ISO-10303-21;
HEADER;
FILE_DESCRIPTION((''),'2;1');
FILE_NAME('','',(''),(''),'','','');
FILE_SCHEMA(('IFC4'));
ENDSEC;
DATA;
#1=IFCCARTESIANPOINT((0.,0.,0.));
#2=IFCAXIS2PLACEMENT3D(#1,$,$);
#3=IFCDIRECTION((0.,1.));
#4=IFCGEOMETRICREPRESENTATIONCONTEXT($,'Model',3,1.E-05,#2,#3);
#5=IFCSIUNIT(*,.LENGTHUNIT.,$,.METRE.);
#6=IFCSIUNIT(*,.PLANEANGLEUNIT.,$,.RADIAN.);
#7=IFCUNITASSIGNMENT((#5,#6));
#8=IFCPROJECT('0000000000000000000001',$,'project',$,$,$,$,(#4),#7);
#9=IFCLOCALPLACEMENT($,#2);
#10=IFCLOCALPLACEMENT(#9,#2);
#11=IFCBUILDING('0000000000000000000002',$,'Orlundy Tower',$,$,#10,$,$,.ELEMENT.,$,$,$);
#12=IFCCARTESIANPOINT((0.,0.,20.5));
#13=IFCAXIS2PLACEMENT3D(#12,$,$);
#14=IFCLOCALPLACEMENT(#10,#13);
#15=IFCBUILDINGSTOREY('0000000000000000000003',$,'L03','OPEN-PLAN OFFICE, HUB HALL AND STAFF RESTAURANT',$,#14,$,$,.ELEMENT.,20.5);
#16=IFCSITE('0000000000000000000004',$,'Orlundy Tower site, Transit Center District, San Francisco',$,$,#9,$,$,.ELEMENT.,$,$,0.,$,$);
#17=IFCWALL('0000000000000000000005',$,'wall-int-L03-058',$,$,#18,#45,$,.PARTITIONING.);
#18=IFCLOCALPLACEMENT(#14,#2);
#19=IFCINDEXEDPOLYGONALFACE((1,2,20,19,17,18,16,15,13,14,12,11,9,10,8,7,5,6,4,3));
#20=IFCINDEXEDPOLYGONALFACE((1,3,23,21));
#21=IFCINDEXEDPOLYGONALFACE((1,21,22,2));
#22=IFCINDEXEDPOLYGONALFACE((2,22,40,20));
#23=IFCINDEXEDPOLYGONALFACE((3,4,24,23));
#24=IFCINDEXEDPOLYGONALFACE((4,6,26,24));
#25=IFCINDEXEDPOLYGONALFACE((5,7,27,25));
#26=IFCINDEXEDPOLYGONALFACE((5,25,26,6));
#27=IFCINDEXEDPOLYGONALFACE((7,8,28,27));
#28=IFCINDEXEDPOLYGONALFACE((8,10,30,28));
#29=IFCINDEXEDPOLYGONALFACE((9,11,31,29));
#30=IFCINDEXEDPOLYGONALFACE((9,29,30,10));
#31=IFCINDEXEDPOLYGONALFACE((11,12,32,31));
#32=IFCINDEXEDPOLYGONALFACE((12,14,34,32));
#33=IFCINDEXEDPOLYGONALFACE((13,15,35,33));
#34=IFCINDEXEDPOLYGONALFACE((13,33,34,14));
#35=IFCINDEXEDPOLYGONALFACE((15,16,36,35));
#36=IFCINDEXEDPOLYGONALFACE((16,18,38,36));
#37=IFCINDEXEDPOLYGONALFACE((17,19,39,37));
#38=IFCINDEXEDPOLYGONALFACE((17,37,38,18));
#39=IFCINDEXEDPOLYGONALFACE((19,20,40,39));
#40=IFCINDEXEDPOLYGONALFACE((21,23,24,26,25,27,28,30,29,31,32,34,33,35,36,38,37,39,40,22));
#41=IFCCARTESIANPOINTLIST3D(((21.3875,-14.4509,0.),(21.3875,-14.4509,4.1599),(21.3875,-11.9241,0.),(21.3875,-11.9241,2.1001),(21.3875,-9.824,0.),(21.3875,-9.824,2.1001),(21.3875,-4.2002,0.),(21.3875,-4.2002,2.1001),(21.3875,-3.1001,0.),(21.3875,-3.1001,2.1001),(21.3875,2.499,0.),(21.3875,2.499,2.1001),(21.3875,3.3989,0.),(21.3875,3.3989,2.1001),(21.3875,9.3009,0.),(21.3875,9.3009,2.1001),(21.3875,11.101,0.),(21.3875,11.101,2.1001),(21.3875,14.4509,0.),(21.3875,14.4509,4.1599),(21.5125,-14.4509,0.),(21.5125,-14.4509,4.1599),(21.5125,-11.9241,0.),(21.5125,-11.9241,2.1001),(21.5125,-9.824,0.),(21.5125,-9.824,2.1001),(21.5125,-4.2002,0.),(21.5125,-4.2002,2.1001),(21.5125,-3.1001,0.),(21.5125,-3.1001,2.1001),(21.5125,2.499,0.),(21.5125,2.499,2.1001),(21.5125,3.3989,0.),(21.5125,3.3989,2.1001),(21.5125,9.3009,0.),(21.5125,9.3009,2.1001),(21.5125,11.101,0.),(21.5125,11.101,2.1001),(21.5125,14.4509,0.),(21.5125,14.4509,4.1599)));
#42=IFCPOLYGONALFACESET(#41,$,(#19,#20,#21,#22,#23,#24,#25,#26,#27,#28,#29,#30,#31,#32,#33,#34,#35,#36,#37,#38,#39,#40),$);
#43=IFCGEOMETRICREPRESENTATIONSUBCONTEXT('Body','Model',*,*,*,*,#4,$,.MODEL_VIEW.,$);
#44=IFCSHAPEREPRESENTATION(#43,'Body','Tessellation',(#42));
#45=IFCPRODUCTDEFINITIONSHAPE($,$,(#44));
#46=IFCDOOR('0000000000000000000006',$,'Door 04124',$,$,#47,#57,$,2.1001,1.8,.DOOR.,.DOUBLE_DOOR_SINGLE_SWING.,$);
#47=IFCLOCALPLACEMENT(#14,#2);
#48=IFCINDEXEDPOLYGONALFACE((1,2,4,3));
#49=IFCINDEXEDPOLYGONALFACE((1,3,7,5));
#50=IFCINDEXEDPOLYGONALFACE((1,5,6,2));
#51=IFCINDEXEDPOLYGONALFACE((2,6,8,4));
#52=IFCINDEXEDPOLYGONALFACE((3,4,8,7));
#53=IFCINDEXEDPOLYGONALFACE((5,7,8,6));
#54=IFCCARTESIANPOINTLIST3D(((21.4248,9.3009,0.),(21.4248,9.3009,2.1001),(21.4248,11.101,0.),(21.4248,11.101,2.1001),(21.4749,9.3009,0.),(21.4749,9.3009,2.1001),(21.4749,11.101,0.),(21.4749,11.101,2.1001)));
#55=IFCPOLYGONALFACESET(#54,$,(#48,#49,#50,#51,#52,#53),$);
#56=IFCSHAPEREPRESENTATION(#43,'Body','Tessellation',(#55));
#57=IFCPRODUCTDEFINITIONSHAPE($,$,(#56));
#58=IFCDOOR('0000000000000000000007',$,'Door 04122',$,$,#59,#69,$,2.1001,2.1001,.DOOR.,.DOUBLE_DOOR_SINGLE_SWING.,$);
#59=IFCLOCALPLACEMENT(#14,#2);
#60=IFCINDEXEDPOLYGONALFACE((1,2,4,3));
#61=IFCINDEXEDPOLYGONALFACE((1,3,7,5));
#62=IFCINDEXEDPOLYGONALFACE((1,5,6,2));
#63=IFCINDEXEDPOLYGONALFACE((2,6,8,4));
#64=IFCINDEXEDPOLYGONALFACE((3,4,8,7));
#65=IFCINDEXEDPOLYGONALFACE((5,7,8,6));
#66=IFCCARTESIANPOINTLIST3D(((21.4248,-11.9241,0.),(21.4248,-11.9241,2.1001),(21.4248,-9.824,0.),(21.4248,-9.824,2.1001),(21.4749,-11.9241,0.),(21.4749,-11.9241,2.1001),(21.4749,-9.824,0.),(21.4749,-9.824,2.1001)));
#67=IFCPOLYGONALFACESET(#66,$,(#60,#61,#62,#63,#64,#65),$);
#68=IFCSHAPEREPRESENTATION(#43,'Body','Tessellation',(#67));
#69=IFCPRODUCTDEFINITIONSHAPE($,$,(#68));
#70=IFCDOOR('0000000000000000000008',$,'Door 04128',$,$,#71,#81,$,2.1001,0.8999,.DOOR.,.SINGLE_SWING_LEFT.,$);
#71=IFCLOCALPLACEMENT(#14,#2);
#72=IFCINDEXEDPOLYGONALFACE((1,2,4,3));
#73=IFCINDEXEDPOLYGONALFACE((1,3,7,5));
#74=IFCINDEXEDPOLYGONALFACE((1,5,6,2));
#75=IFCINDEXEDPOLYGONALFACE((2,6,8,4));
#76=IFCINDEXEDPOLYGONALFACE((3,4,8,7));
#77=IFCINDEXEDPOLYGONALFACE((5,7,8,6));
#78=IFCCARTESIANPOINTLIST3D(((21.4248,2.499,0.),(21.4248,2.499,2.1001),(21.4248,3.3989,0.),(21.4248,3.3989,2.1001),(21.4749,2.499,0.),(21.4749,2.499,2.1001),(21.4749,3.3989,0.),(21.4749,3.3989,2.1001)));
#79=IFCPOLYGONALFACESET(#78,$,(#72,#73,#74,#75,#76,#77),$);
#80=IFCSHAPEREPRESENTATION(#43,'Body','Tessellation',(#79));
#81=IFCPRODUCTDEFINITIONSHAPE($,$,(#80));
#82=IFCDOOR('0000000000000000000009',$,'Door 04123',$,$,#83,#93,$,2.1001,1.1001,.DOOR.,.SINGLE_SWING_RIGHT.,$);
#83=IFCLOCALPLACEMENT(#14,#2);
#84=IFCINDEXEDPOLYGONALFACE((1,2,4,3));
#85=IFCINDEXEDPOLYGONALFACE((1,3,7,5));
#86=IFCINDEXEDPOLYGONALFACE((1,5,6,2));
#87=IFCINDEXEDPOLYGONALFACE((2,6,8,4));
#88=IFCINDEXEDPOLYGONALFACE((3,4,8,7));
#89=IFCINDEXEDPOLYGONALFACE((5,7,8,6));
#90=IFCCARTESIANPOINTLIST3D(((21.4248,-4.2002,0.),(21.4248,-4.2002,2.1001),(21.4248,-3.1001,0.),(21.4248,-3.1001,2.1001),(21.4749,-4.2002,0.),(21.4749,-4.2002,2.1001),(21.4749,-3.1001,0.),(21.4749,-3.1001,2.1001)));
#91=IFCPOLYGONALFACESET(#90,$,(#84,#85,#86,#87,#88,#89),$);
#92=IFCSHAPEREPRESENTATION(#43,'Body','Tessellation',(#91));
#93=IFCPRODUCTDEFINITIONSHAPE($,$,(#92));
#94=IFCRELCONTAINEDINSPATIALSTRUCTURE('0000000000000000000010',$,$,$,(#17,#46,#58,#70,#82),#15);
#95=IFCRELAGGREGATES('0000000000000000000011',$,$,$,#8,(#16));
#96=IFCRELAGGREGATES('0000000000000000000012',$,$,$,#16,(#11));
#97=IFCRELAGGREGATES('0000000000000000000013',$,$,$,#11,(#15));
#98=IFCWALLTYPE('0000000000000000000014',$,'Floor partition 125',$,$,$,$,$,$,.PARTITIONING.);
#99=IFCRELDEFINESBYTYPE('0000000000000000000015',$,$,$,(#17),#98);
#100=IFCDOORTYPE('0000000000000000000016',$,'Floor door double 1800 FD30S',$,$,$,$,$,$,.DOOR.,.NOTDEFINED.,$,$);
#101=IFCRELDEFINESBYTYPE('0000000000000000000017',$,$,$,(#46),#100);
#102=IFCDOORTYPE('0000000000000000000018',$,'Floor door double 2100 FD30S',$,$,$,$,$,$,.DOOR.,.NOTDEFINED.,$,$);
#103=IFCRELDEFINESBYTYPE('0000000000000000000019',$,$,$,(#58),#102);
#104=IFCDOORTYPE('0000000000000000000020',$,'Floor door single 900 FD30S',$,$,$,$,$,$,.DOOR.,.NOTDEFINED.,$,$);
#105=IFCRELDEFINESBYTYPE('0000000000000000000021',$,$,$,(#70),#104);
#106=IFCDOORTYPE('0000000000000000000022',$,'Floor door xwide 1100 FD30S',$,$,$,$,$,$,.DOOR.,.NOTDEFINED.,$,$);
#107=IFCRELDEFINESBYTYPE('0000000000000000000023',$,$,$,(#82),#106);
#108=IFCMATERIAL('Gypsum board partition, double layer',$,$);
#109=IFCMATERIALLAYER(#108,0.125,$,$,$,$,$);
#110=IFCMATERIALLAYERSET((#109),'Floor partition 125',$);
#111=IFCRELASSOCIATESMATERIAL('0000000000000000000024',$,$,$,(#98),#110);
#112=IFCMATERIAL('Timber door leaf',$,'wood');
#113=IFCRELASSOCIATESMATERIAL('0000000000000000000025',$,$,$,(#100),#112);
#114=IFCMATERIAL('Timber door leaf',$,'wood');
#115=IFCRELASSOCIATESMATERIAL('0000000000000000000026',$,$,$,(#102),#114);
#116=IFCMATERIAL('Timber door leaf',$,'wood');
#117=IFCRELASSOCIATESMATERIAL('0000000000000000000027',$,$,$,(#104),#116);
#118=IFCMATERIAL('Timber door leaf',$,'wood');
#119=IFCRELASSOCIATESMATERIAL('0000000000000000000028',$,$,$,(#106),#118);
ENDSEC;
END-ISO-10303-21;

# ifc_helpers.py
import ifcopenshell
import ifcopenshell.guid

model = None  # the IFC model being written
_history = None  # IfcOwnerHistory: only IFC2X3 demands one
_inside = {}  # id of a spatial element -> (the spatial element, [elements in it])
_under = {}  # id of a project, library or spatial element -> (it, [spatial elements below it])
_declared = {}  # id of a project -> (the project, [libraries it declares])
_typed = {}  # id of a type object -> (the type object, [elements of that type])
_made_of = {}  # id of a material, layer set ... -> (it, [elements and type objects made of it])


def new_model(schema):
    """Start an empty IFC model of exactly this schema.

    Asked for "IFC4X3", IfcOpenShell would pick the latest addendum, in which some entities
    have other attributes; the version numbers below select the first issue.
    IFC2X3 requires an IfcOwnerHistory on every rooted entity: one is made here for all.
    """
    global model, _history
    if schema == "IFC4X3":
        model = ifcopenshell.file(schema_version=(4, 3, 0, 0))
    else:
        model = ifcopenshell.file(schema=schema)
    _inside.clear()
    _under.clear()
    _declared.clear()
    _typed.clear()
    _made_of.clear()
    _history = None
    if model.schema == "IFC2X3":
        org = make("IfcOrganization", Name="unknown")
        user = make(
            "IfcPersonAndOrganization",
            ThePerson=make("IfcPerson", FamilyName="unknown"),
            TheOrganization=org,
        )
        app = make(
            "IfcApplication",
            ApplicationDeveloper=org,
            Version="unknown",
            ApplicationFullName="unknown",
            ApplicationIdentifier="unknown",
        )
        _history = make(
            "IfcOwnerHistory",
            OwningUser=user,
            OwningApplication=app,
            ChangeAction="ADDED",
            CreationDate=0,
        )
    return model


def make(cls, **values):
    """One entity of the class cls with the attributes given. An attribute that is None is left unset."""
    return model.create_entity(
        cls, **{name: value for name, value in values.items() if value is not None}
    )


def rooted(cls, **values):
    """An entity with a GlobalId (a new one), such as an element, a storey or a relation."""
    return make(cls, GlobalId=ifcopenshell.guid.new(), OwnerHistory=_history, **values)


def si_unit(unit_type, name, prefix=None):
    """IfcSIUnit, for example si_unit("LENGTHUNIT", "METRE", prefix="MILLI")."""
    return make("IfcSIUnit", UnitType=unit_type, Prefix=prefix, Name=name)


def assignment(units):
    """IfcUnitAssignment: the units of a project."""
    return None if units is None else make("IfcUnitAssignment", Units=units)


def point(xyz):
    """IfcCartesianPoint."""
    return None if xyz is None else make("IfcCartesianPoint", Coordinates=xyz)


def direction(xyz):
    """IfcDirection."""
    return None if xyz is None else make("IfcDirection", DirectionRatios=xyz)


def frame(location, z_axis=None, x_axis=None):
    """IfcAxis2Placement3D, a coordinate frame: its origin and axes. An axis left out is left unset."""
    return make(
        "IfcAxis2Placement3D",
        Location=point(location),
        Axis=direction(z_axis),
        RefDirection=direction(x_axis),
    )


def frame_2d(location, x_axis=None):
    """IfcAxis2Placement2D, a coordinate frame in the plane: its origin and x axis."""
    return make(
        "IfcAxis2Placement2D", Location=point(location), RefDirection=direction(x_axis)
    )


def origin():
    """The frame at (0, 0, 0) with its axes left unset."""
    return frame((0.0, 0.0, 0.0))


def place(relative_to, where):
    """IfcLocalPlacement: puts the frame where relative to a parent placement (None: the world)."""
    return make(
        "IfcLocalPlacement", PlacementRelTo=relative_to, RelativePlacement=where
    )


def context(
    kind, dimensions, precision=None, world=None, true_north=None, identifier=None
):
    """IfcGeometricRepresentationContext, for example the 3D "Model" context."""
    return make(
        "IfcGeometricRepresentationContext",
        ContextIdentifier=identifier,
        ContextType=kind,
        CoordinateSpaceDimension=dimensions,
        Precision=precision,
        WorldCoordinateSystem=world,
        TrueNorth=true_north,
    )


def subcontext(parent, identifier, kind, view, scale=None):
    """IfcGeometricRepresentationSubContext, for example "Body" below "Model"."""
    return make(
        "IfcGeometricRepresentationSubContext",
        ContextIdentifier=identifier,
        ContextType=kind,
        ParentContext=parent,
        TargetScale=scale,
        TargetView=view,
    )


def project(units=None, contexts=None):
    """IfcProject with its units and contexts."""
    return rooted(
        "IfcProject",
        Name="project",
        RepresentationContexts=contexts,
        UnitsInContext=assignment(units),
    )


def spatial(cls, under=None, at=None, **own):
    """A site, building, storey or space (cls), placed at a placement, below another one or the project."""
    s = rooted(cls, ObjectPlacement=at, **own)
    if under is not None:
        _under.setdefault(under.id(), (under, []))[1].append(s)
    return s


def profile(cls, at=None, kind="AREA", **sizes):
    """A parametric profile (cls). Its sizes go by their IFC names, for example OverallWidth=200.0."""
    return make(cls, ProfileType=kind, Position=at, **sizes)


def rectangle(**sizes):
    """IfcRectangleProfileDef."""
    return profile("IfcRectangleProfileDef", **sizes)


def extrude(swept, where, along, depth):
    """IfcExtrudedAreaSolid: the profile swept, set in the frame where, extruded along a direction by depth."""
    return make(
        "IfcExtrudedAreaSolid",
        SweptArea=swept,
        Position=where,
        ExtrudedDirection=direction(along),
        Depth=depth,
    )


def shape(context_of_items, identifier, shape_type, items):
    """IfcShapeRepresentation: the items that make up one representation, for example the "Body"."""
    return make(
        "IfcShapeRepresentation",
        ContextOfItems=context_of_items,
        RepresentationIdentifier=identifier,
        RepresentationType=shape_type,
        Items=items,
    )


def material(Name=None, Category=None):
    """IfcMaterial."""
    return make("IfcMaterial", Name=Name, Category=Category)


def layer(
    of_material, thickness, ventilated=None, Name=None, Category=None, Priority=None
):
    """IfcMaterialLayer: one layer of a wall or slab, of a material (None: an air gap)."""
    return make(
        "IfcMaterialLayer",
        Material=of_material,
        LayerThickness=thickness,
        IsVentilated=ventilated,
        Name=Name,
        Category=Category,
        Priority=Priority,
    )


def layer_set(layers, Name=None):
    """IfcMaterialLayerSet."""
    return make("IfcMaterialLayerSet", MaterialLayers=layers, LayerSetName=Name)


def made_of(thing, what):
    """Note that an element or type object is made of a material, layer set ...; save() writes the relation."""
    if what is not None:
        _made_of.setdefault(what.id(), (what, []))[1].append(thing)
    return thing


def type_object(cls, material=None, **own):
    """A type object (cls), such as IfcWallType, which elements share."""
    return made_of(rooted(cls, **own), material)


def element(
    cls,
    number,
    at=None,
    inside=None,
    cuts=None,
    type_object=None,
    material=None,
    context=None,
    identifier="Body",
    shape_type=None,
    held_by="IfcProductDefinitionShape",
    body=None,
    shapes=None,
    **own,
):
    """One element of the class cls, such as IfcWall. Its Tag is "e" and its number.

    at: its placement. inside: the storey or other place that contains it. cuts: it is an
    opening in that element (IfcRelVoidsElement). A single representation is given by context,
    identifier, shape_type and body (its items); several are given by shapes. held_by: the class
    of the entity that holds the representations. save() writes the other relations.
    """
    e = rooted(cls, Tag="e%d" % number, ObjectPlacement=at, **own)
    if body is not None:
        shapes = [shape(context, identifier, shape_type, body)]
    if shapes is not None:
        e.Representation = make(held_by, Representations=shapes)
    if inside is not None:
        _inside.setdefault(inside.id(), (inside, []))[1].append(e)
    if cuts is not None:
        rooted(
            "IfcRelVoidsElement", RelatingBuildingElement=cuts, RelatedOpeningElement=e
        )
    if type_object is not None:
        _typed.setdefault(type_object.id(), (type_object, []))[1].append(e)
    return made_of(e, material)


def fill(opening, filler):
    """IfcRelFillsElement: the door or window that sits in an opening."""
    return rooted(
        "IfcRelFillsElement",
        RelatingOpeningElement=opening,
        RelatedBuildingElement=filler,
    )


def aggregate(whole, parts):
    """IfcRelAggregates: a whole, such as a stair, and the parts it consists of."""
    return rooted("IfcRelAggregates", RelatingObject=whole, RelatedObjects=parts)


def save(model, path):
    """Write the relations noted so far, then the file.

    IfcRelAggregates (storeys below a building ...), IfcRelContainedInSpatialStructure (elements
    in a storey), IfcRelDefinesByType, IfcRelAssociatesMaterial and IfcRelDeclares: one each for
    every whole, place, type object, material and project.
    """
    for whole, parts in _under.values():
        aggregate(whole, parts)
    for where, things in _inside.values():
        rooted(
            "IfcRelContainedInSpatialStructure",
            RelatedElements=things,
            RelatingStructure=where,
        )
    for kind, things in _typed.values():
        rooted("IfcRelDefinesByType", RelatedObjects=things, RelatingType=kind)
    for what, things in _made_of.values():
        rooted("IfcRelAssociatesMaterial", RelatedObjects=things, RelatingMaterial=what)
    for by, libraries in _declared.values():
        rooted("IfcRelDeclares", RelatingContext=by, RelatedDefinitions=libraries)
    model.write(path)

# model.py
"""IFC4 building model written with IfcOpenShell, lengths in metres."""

from ifc_helpers import new_model, si_unit, direction, frame, frame_2d, origin, place, context, subcontext, project, spatial, rectangle, extrude, material, layer, layer_set, type_object, element, fill, save


model = new_model("IFC4")

# Units and contexts
model_context = context("Model", 3, precision=1e-05, world=origin(), true_north=direction((0.0, 1.0)))
body_context = subcontext(model_context, "Body", "Model", "MODEL_VIEW")
ifc_project = project(units=[si_unit("LENGTHUNIT", "METRE"), si_unit("PLANEANGLEUNIT", "RADIAN")], contexts=[model_context])

# Site, building, storey
site_placement = place(None, origin())
site = spatial("IfcSite", under=ifc_project, at=site_placement, Name="Orlundy Tower site, Transit Center District, San Francisco", CompositionType="ELEMENT", RefElevation=0.0)
building_placement = place(site_placement, origin())
building = spatial("IfcBuilding", under=site, at=building_placement, Name="Orlundy Tower", CompositionType="ELEMENT")
storey_placement = place(building_placement, frame((0.0, 0.0, 20.5)))
storey = spatial("IfcBuildingStorey", under=building, at=storey_placement, Name="L03", Description="OPEN-PLAN OFFICE, HUB HALL AND STAFF RESTAURANT", CompositionType="ELEMENT", Elevation=20.5)

# Wall, openings, doors
ifc_material_1 = material(Name="Gypsum board partition, double layer")
ifc_layer_1 = layer(ifc_material_1, 0.125)
ifc_layer_set_1 = layer_set([ifc_layer_1], Name="Floor partition 125")
wall_type_1 = type_object("IfcWallType", Name="Floor partition 125", PredefinedType="PARTITIONING", material=ifc_layer_set_1)
wall_1_placement = place(storey_placement, frame((21.45, 14.4509, 0.0), z_axis=(0.0, 0.0, 1.0), x_axis=(0.0, -1.0, 0.0)))
wall_1 = element("IfcWall", 1, at=wall_1_placement, inside=storey, type_object=wall_type_1, Name="wall-int-L03-058", PredefinedType="PARTITIONING", context=body_context, shape_type="SweptSolid", body=[
    extrude(rectangle(XDim=28.9019, YDim=0.125, at=frame_2d((14.4509, 0.0))), origin(), (0.0, 0.0, 1.0), 4.1599),
])
opening_1_placement = place(wall_1_placement, frame((24.2749, 0.0, 0.0)))
opening_1 = element("IfcOpeningElement", 2, at=opening_1_placement, cuts=wall_1, PredefinedType="OPENING", context=body_context, shape_type="SweptSolid", body=[
    extrude(rectangle(XDim=2.1001, YDim=2.1001, at=frame_2d((1.05, 1.05))), frame((0.0, 0.0725, 0.0), z_axis=(0.0, -1.0, 0.0), x_axis=(1.0, 0.0, 0.0)), (0.0, 0.0, 1.0), 0.145),
])
opening_2_placement = place(wall_1_placement, frame((17.551, 0.0, 0.0)))
opening_2 = element("IfcOpeningElement", 3, at=opening_2_placement, cuts=wall_1, PredefinedType="OPENING", context=body_context, shape_type="SweptSolid", body=[
    extrude(rectangle(XDim=1.1001, YDim=2.1001, at=frame_2d((0.55, 1.05))), frame((0.0, 0.0725, 0.0), z_axis=(0.0, -1.0, 0.0), x_axis=(1.0, 0.0, 0.0)), (0.0, 0.0, 1.0), 0.145),
])
opening_3_placement = place(wall_1_placement, frame((3.3501, 0.0, 0.0)))
opening_3 = element("IfcOpeningElement", 4, at=opening_3_placement, cuts=wall_1, PredefinedType="OPENING", context=body_context, shape_type="SweptSolid", body=[
    extrude(rectangle(XDim=1.8, YDim=2.1001, at=frame_2d((0.8999, 1.05))), frame((0.0, 0.0725, 0.0), z_axis=(0.0, -1.0, 0.0), x_axis=(1.0, 0.0, 0.0)), (0.0, 0.0, 1.0), 0.145),
])
opening_4_placement = place(wall_1_placement, frame((11.052, 0.0, 0.0)))
opening_4 = element("IfcOpeningElement", 5, at=opening_4_placement, cuts=wall_1, PredefinedType="OPENING", context=body_context, shape_type="SweptSolid", body=[
    extrude(rectangle(XDim=0.8999, YDim=2.1001, at=frame_2d((0.45, 1.05))), frame((0.0, 0.0725, 0.0), z_axis=(0.0, -1.0, 0.0), x_axis=(1.0, 0.0, 0.0)), (0.0, 0.0, 1.0), 0.145),
])
ifc_material_2 = material(Name="Timber door leaf", Category="wood")
door_type_1 = type_object("IfcDoorType", Name="Floor door double 1800 FD30S", OperationType="NOTDEFINED", PredefinedType="DOOR", material=ifc_material_2)
door_1_placement = place(opening_3_placement, origin())
door_1 = element("IfcDoor", 6, at=door_1_placement, inside=storey, type_object=door_type_1, Name="Door 04124", OperationType="DOUBLE_DOOR_SINGLE_SWING", OverallHeight=2.1001, OverallWidth=1.8, PredefinedType="DOOR", context=body_context, shape_type="SweptSolid", body=[
    extrude(rectangle(XDim=1.8, YDim=2.1001, at=frame_2d((0.8999, 1.05))), frame((0.0, 0.0249, 0.0), z_axis=(0.0, -1.0, 0.0), x_axis=(1.0, 0.0, 0.0)), (0.0, 0.0, 1.0), 0.05),
])
fill(opening_3, door_1)
ifc_material_3 = material(Name="Timber door leaf", Category="wood")
door_type_2 = type_object("IfcDoorType", Name="Floor door double 2100 FD30S", OperationType="NOTDEFINED", PredefinedType="DOOR", material=ifc_material_3)
door_2_placement = place(opening_1_placement, origin())
door_2 = element("IfcDoor", 7, at=door_2_placement, inside=storey, type_object=door_type_2, Name="Door 04122", OperationType="DOUBLE_DOOR_SINGLE_SWING", OverallHeight=2.1001, OverallWidth=2.1001, PredefinedType="DOOR", context=body_context, shape_type="SweptSolid", body=[
    extrude(rectangle(XDim=2.1001, YDim=2.1001, at=frame_2d((1.05, 1.05))), frame((0.0, 0.0249, 0.0), z_axis=(0.0, -1.0, 0.0), x_axis=(1.0, 0.0, 0.0)), (0.0, 0.0, 1.0), 0.05),
])
fill(opening_1, door_2)
ifc_material_4 = material(Name="Timber door leaf", Category="wood")
door_type_3 = type_object("IfcDoorType", Name="Floor door single 900 FD30S", OperationType="NOTDEFINED", PredefinedType="DOOR", material=ifc_material_4)
door_3_placement = place(opening_4_placement, origin())
door_3 = element("IfcDoor", 8, at=door_3_placement, inside=storey, type_object=door_type_3, Name="Door 04128", OperationType="SINGLE_SWING_LEFT", OverallHeight=2.1001, OverallWidth=0.8999, PredefinedType="DOOR", context=body_context, shape_type="SweptSolid", body=[
    extrude(rectangle(XDim=0.8999, YDim=2.1001, at=frame_2d((0.45, 1.05))), frame((0.0, 0.0249, 0.0), z_axis=(0.0, -1.0, 0.0), x_axis=(1.0, 0.0, 0.0)), (0.0, 0.0, 1.0), 0.05),
])
fill(opening_4, door_3)
ifc_material_5 = material(Name="Timber door leaf", Category="wood")
door_type_4 = type_object("IfcDoorType", Name="Floor door xwide 1100 FD30S", OperationType="NOTDEFINED", PredefinedType="DOOR", material=ifc_material_5)
door_4_placement = place(opening_2_placement, origin())
door_4 = element("IfcDoor", 9, at=door_4_placement, inside=storey, type_object=door_type_4, Name="Door 04123", OperationType="SINGLE_SWING_RIGHT", OverallHeight=2.1001, OverallWidth=1.1001, PredefinedType="DOOR", context=body_context, shape_type="SweptSolid", body=[
    extrude(rectangle(XDim=1.1001, YDim=2.1001, at=frame_2d((0.55, 1.05))), frame((0.0, 0.0249, 0.0), z_axis=(0.0, -1.0, 0.0), x_axis=(1.0, 0.0, 0.0)), (0.0, 0.0, 1.0), 0.05),
])
fill(opening_2, door_4)

save(model, "model.ifc")
